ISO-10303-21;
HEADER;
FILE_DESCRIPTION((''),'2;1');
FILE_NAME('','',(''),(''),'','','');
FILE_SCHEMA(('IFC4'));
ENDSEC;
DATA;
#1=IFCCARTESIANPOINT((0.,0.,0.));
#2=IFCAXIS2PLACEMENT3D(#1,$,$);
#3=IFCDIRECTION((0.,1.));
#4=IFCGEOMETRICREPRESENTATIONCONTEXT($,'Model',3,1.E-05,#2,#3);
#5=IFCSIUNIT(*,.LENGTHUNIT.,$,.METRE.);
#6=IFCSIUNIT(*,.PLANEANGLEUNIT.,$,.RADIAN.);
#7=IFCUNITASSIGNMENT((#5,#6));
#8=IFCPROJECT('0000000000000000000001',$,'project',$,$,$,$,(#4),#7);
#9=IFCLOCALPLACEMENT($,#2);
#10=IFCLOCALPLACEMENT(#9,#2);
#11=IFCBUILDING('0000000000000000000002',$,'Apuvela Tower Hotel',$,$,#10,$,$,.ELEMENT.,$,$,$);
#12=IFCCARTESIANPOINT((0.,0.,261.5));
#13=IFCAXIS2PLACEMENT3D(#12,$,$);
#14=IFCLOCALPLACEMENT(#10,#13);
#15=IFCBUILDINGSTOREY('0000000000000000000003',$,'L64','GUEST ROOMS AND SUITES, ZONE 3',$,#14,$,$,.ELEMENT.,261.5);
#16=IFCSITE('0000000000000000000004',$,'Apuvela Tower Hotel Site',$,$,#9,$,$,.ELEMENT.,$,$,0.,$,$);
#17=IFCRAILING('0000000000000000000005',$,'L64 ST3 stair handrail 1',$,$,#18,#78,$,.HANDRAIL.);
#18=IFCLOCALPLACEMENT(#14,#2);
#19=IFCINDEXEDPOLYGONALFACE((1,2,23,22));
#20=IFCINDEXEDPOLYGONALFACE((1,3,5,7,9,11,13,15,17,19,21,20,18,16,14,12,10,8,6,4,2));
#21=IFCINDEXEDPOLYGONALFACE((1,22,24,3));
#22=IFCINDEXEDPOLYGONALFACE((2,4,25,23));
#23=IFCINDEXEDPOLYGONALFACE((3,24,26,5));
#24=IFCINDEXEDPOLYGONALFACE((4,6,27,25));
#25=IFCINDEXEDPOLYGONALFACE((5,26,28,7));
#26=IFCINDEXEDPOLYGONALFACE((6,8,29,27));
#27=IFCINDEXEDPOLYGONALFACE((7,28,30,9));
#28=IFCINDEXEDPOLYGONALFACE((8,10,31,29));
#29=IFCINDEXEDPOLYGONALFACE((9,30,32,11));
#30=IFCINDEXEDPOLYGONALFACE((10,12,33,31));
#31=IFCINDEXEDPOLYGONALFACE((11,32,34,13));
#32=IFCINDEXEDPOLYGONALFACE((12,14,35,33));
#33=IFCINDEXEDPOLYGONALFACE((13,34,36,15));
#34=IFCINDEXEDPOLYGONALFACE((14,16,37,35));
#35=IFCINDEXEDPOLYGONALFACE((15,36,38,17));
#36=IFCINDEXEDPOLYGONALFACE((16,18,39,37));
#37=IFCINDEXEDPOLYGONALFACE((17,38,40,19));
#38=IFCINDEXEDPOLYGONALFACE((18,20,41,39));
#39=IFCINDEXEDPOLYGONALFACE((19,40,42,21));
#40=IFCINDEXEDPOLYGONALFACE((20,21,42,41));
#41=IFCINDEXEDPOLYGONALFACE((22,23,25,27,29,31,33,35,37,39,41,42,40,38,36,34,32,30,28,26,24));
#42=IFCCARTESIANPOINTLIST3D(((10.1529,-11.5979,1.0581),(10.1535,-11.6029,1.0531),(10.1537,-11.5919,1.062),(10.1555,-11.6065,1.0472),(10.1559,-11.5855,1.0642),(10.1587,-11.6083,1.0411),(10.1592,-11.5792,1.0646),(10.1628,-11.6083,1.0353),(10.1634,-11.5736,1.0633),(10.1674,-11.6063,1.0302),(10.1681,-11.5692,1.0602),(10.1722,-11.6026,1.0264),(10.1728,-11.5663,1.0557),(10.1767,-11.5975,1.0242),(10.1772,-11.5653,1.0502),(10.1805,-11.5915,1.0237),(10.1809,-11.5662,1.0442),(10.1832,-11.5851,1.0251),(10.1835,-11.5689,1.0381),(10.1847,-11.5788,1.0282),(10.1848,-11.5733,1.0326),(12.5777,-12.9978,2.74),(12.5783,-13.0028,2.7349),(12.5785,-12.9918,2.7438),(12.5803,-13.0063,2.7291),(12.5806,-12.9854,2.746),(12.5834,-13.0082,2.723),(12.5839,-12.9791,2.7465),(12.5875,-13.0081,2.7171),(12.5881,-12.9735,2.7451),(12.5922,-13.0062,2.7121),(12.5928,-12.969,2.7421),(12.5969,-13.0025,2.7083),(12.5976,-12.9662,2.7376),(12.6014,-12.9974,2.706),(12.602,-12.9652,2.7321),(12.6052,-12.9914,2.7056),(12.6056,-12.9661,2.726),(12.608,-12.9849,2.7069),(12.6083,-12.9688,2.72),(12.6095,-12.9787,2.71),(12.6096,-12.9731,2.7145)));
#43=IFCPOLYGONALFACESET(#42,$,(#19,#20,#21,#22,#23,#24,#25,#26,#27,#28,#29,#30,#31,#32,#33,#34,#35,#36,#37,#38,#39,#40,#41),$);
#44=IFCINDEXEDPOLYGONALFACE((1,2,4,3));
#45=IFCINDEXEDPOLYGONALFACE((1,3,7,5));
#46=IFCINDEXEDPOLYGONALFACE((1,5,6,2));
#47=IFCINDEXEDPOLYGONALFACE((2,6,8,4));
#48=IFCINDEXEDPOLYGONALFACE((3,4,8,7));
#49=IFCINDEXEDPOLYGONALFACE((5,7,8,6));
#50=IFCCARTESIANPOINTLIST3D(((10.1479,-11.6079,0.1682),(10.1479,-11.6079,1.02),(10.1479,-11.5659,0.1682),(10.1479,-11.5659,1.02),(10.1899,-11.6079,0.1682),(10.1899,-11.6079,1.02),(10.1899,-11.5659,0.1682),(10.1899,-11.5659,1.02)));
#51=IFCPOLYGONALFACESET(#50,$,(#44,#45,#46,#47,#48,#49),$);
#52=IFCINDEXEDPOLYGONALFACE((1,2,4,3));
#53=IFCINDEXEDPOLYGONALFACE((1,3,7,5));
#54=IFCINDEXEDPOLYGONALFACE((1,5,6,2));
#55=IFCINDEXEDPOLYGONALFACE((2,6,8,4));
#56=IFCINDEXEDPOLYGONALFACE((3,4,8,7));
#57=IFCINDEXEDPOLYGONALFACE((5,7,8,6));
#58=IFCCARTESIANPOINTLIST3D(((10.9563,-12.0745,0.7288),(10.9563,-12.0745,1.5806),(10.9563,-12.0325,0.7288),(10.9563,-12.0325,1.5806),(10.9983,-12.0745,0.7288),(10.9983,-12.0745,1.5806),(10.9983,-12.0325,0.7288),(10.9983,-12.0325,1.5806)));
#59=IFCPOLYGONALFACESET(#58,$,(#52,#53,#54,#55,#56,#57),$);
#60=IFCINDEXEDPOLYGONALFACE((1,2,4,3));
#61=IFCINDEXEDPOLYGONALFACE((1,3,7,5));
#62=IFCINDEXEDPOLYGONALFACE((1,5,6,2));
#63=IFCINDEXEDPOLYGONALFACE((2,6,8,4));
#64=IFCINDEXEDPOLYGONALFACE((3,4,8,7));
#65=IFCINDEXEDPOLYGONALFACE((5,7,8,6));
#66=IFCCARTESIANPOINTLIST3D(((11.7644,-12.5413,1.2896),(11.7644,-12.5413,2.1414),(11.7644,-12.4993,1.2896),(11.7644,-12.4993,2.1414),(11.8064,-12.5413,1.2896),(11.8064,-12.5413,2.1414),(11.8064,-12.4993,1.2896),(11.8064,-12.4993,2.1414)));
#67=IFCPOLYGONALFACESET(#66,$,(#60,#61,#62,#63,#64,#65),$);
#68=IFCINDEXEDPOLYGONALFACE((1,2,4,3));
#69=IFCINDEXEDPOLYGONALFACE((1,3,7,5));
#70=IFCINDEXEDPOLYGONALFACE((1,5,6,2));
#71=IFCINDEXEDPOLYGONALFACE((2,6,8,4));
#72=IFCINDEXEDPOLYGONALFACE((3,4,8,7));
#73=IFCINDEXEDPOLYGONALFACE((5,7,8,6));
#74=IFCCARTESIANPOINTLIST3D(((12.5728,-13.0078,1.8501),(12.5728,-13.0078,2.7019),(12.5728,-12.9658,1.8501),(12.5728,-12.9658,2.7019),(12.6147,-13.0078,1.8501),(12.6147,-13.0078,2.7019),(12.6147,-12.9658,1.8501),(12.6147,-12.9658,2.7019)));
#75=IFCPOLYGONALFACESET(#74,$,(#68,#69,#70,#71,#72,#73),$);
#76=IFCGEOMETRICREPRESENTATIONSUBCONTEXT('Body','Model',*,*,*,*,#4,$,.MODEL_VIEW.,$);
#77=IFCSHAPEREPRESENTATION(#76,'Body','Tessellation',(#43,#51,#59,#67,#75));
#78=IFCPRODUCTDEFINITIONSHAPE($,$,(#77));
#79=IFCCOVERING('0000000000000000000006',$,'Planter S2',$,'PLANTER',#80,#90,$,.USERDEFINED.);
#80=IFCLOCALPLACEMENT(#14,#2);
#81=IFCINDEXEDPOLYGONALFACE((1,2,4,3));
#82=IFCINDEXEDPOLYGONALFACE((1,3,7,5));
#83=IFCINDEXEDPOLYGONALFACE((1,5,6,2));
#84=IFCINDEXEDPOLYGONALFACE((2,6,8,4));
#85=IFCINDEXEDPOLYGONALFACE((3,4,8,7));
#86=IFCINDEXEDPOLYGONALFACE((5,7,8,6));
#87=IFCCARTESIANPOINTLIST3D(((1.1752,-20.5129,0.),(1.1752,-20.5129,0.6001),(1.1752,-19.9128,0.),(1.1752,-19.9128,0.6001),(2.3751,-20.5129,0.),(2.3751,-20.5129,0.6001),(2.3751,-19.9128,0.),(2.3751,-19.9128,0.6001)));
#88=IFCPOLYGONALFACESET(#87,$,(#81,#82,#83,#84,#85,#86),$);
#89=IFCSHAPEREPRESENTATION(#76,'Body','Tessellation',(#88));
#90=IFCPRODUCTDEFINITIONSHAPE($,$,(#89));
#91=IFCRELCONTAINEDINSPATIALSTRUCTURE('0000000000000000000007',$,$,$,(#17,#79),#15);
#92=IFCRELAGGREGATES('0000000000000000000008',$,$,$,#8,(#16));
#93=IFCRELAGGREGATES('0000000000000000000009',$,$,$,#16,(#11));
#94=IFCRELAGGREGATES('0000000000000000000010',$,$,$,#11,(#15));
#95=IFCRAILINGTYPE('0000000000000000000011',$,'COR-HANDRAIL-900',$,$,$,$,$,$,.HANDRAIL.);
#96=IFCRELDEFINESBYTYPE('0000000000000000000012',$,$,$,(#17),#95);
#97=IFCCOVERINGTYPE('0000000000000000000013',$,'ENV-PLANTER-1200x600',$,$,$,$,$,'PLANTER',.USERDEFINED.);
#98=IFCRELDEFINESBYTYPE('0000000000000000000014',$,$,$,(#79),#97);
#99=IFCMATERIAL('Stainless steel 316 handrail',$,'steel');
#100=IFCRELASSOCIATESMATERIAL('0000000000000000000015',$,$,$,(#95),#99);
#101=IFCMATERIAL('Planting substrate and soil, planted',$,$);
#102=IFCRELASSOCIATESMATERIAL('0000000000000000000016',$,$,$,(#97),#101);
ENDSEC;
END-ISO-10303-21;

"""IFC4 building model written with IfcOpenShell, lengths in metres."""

from ifc_helpers import new_model, si_unit, direction, frame, origin, origin_2d, place, context, subcontext, project, spatial, rectangle, circle, extrude, material, type_object, element, save


model = new_model("IFC4")

# Units and contexts
model_context = context("Model", 3, precision=1e-05, world=origin(), true_north=direction((0.0, 1.0)))
body_context = subcontext(model_context, "Body", "Model", "MODEL_VIEW")
ifc_project = project(units=[si_unit("LENGTHUNIT", "METRE"), si_unit("PLANEANGLEUNIT", "RADIAN")], contexts=[model_context])

# Site, building, storey
site_placement = place(None, origin())
site = spatial("IfcSite", under=ifc_project, at=site_placement, Name="Apuvela Tower Hotel Site", CompositionType="ELEMENT", RefElevation=0.0)
building_placement = place(site_placement, origin())
building = spatial("IfcBuilding", under=site, at=building_placement, Name="Apuvela Tower Hotel", CompositionType="ELEMENT")
storey_placement = place(building_placement, frame((0.0, 0.0, 261.5)))
storey = spatial("IfcBuildingStorey", under=building, at=storey_placement, Name="L64", Description="GUEST ROOMS AND SUITES, ZONE 3", CompositionType="ELEMENT", Elevation=261.5)

# Railing
ifc_material_1 = material(Name="Stainless steel 316 handrail", Category="steel")
railing_type_1 = type_object("IfcRailingType", Name="COR-HANDRAIL-900", PredefinedType="HANDRAIL", material=ifc_material_1)
railing_1_placement = place(storey_placement, frame((10.1689, -11.5869, 0.1682)))
element("IfcRailing", 1, at=railing_1_placement, inside=storey, type_object=railing_type_1, Name="L64 ST3 stair handrail 1", PredefinedType="HANDRAIL", context=body_context, shape_type="SweptSolid", body=[
    extrude(circle(Radius=0.0239, at=origin_2d()), frame((0.0, 0.0, 0.876), z_axis=(0.74239, -0.428601, 0.514934), x_axis=(0.499984, 0.866035, 0.0)), (0.0, 0.0, 1.0), 3.2661),
    extrude(rectangle(XDim=0.042, YDim=0.042, at=origin_2d()), origin(), (0.0, 0.0, 1.0), 0.8518),
    extrude(rectangle(XDim=0.042, YDim=0.042, at=origin_2d()), frame((0.8083, -0.4666, 0.5605)), (0.0, 0.0, 1.0), 0.8518),
    extrude(rectangle(XDim=0.042, YDim=0.042, at=origin_2d()), frame((1.6165, -0.9333, 1.1213)), (0.0, 0.0, 1.0), 0.8518),
    extrude(rectangle(XDim=0.042, YDim=0.042, at=origin_2d()), frame((2.4248, -1.3999, 1.6819)), (0.0, 0.0, 1.0), 0.8518),
])

# Covering
ifc_material_2 = material(Name="Planting substrate and soil, planted")
covering_type = type_object("IfcCoveringType", Name="ENV-PLANTER-1200x600", ElementType="PLANTER", PredefinedType="USERDEFINED", material=ifc_material_2)
covering_placement = place(storey_placement, frame((1.7751, -20.2129, 0.0), z_axis=(0.0, 0.0, 1.0), x_axis=(1.0, 0.0, 0.0)))
element("IfcCovering", 2, at=covering_placement, inside=storey, type_object=covering_type, Name="Planter S2", ObjectType="PLANTER", PredefinedType="USERDEFINED", context=body_context, shape_type="SweptSolid", body=[
    extrude(rectangle(XDim=1.2, YDim=0.6001, at=origin_2d()), origin(), (0.0, 0.0, 1.0), 0.6001),
])

save(model, "model.ifc")
